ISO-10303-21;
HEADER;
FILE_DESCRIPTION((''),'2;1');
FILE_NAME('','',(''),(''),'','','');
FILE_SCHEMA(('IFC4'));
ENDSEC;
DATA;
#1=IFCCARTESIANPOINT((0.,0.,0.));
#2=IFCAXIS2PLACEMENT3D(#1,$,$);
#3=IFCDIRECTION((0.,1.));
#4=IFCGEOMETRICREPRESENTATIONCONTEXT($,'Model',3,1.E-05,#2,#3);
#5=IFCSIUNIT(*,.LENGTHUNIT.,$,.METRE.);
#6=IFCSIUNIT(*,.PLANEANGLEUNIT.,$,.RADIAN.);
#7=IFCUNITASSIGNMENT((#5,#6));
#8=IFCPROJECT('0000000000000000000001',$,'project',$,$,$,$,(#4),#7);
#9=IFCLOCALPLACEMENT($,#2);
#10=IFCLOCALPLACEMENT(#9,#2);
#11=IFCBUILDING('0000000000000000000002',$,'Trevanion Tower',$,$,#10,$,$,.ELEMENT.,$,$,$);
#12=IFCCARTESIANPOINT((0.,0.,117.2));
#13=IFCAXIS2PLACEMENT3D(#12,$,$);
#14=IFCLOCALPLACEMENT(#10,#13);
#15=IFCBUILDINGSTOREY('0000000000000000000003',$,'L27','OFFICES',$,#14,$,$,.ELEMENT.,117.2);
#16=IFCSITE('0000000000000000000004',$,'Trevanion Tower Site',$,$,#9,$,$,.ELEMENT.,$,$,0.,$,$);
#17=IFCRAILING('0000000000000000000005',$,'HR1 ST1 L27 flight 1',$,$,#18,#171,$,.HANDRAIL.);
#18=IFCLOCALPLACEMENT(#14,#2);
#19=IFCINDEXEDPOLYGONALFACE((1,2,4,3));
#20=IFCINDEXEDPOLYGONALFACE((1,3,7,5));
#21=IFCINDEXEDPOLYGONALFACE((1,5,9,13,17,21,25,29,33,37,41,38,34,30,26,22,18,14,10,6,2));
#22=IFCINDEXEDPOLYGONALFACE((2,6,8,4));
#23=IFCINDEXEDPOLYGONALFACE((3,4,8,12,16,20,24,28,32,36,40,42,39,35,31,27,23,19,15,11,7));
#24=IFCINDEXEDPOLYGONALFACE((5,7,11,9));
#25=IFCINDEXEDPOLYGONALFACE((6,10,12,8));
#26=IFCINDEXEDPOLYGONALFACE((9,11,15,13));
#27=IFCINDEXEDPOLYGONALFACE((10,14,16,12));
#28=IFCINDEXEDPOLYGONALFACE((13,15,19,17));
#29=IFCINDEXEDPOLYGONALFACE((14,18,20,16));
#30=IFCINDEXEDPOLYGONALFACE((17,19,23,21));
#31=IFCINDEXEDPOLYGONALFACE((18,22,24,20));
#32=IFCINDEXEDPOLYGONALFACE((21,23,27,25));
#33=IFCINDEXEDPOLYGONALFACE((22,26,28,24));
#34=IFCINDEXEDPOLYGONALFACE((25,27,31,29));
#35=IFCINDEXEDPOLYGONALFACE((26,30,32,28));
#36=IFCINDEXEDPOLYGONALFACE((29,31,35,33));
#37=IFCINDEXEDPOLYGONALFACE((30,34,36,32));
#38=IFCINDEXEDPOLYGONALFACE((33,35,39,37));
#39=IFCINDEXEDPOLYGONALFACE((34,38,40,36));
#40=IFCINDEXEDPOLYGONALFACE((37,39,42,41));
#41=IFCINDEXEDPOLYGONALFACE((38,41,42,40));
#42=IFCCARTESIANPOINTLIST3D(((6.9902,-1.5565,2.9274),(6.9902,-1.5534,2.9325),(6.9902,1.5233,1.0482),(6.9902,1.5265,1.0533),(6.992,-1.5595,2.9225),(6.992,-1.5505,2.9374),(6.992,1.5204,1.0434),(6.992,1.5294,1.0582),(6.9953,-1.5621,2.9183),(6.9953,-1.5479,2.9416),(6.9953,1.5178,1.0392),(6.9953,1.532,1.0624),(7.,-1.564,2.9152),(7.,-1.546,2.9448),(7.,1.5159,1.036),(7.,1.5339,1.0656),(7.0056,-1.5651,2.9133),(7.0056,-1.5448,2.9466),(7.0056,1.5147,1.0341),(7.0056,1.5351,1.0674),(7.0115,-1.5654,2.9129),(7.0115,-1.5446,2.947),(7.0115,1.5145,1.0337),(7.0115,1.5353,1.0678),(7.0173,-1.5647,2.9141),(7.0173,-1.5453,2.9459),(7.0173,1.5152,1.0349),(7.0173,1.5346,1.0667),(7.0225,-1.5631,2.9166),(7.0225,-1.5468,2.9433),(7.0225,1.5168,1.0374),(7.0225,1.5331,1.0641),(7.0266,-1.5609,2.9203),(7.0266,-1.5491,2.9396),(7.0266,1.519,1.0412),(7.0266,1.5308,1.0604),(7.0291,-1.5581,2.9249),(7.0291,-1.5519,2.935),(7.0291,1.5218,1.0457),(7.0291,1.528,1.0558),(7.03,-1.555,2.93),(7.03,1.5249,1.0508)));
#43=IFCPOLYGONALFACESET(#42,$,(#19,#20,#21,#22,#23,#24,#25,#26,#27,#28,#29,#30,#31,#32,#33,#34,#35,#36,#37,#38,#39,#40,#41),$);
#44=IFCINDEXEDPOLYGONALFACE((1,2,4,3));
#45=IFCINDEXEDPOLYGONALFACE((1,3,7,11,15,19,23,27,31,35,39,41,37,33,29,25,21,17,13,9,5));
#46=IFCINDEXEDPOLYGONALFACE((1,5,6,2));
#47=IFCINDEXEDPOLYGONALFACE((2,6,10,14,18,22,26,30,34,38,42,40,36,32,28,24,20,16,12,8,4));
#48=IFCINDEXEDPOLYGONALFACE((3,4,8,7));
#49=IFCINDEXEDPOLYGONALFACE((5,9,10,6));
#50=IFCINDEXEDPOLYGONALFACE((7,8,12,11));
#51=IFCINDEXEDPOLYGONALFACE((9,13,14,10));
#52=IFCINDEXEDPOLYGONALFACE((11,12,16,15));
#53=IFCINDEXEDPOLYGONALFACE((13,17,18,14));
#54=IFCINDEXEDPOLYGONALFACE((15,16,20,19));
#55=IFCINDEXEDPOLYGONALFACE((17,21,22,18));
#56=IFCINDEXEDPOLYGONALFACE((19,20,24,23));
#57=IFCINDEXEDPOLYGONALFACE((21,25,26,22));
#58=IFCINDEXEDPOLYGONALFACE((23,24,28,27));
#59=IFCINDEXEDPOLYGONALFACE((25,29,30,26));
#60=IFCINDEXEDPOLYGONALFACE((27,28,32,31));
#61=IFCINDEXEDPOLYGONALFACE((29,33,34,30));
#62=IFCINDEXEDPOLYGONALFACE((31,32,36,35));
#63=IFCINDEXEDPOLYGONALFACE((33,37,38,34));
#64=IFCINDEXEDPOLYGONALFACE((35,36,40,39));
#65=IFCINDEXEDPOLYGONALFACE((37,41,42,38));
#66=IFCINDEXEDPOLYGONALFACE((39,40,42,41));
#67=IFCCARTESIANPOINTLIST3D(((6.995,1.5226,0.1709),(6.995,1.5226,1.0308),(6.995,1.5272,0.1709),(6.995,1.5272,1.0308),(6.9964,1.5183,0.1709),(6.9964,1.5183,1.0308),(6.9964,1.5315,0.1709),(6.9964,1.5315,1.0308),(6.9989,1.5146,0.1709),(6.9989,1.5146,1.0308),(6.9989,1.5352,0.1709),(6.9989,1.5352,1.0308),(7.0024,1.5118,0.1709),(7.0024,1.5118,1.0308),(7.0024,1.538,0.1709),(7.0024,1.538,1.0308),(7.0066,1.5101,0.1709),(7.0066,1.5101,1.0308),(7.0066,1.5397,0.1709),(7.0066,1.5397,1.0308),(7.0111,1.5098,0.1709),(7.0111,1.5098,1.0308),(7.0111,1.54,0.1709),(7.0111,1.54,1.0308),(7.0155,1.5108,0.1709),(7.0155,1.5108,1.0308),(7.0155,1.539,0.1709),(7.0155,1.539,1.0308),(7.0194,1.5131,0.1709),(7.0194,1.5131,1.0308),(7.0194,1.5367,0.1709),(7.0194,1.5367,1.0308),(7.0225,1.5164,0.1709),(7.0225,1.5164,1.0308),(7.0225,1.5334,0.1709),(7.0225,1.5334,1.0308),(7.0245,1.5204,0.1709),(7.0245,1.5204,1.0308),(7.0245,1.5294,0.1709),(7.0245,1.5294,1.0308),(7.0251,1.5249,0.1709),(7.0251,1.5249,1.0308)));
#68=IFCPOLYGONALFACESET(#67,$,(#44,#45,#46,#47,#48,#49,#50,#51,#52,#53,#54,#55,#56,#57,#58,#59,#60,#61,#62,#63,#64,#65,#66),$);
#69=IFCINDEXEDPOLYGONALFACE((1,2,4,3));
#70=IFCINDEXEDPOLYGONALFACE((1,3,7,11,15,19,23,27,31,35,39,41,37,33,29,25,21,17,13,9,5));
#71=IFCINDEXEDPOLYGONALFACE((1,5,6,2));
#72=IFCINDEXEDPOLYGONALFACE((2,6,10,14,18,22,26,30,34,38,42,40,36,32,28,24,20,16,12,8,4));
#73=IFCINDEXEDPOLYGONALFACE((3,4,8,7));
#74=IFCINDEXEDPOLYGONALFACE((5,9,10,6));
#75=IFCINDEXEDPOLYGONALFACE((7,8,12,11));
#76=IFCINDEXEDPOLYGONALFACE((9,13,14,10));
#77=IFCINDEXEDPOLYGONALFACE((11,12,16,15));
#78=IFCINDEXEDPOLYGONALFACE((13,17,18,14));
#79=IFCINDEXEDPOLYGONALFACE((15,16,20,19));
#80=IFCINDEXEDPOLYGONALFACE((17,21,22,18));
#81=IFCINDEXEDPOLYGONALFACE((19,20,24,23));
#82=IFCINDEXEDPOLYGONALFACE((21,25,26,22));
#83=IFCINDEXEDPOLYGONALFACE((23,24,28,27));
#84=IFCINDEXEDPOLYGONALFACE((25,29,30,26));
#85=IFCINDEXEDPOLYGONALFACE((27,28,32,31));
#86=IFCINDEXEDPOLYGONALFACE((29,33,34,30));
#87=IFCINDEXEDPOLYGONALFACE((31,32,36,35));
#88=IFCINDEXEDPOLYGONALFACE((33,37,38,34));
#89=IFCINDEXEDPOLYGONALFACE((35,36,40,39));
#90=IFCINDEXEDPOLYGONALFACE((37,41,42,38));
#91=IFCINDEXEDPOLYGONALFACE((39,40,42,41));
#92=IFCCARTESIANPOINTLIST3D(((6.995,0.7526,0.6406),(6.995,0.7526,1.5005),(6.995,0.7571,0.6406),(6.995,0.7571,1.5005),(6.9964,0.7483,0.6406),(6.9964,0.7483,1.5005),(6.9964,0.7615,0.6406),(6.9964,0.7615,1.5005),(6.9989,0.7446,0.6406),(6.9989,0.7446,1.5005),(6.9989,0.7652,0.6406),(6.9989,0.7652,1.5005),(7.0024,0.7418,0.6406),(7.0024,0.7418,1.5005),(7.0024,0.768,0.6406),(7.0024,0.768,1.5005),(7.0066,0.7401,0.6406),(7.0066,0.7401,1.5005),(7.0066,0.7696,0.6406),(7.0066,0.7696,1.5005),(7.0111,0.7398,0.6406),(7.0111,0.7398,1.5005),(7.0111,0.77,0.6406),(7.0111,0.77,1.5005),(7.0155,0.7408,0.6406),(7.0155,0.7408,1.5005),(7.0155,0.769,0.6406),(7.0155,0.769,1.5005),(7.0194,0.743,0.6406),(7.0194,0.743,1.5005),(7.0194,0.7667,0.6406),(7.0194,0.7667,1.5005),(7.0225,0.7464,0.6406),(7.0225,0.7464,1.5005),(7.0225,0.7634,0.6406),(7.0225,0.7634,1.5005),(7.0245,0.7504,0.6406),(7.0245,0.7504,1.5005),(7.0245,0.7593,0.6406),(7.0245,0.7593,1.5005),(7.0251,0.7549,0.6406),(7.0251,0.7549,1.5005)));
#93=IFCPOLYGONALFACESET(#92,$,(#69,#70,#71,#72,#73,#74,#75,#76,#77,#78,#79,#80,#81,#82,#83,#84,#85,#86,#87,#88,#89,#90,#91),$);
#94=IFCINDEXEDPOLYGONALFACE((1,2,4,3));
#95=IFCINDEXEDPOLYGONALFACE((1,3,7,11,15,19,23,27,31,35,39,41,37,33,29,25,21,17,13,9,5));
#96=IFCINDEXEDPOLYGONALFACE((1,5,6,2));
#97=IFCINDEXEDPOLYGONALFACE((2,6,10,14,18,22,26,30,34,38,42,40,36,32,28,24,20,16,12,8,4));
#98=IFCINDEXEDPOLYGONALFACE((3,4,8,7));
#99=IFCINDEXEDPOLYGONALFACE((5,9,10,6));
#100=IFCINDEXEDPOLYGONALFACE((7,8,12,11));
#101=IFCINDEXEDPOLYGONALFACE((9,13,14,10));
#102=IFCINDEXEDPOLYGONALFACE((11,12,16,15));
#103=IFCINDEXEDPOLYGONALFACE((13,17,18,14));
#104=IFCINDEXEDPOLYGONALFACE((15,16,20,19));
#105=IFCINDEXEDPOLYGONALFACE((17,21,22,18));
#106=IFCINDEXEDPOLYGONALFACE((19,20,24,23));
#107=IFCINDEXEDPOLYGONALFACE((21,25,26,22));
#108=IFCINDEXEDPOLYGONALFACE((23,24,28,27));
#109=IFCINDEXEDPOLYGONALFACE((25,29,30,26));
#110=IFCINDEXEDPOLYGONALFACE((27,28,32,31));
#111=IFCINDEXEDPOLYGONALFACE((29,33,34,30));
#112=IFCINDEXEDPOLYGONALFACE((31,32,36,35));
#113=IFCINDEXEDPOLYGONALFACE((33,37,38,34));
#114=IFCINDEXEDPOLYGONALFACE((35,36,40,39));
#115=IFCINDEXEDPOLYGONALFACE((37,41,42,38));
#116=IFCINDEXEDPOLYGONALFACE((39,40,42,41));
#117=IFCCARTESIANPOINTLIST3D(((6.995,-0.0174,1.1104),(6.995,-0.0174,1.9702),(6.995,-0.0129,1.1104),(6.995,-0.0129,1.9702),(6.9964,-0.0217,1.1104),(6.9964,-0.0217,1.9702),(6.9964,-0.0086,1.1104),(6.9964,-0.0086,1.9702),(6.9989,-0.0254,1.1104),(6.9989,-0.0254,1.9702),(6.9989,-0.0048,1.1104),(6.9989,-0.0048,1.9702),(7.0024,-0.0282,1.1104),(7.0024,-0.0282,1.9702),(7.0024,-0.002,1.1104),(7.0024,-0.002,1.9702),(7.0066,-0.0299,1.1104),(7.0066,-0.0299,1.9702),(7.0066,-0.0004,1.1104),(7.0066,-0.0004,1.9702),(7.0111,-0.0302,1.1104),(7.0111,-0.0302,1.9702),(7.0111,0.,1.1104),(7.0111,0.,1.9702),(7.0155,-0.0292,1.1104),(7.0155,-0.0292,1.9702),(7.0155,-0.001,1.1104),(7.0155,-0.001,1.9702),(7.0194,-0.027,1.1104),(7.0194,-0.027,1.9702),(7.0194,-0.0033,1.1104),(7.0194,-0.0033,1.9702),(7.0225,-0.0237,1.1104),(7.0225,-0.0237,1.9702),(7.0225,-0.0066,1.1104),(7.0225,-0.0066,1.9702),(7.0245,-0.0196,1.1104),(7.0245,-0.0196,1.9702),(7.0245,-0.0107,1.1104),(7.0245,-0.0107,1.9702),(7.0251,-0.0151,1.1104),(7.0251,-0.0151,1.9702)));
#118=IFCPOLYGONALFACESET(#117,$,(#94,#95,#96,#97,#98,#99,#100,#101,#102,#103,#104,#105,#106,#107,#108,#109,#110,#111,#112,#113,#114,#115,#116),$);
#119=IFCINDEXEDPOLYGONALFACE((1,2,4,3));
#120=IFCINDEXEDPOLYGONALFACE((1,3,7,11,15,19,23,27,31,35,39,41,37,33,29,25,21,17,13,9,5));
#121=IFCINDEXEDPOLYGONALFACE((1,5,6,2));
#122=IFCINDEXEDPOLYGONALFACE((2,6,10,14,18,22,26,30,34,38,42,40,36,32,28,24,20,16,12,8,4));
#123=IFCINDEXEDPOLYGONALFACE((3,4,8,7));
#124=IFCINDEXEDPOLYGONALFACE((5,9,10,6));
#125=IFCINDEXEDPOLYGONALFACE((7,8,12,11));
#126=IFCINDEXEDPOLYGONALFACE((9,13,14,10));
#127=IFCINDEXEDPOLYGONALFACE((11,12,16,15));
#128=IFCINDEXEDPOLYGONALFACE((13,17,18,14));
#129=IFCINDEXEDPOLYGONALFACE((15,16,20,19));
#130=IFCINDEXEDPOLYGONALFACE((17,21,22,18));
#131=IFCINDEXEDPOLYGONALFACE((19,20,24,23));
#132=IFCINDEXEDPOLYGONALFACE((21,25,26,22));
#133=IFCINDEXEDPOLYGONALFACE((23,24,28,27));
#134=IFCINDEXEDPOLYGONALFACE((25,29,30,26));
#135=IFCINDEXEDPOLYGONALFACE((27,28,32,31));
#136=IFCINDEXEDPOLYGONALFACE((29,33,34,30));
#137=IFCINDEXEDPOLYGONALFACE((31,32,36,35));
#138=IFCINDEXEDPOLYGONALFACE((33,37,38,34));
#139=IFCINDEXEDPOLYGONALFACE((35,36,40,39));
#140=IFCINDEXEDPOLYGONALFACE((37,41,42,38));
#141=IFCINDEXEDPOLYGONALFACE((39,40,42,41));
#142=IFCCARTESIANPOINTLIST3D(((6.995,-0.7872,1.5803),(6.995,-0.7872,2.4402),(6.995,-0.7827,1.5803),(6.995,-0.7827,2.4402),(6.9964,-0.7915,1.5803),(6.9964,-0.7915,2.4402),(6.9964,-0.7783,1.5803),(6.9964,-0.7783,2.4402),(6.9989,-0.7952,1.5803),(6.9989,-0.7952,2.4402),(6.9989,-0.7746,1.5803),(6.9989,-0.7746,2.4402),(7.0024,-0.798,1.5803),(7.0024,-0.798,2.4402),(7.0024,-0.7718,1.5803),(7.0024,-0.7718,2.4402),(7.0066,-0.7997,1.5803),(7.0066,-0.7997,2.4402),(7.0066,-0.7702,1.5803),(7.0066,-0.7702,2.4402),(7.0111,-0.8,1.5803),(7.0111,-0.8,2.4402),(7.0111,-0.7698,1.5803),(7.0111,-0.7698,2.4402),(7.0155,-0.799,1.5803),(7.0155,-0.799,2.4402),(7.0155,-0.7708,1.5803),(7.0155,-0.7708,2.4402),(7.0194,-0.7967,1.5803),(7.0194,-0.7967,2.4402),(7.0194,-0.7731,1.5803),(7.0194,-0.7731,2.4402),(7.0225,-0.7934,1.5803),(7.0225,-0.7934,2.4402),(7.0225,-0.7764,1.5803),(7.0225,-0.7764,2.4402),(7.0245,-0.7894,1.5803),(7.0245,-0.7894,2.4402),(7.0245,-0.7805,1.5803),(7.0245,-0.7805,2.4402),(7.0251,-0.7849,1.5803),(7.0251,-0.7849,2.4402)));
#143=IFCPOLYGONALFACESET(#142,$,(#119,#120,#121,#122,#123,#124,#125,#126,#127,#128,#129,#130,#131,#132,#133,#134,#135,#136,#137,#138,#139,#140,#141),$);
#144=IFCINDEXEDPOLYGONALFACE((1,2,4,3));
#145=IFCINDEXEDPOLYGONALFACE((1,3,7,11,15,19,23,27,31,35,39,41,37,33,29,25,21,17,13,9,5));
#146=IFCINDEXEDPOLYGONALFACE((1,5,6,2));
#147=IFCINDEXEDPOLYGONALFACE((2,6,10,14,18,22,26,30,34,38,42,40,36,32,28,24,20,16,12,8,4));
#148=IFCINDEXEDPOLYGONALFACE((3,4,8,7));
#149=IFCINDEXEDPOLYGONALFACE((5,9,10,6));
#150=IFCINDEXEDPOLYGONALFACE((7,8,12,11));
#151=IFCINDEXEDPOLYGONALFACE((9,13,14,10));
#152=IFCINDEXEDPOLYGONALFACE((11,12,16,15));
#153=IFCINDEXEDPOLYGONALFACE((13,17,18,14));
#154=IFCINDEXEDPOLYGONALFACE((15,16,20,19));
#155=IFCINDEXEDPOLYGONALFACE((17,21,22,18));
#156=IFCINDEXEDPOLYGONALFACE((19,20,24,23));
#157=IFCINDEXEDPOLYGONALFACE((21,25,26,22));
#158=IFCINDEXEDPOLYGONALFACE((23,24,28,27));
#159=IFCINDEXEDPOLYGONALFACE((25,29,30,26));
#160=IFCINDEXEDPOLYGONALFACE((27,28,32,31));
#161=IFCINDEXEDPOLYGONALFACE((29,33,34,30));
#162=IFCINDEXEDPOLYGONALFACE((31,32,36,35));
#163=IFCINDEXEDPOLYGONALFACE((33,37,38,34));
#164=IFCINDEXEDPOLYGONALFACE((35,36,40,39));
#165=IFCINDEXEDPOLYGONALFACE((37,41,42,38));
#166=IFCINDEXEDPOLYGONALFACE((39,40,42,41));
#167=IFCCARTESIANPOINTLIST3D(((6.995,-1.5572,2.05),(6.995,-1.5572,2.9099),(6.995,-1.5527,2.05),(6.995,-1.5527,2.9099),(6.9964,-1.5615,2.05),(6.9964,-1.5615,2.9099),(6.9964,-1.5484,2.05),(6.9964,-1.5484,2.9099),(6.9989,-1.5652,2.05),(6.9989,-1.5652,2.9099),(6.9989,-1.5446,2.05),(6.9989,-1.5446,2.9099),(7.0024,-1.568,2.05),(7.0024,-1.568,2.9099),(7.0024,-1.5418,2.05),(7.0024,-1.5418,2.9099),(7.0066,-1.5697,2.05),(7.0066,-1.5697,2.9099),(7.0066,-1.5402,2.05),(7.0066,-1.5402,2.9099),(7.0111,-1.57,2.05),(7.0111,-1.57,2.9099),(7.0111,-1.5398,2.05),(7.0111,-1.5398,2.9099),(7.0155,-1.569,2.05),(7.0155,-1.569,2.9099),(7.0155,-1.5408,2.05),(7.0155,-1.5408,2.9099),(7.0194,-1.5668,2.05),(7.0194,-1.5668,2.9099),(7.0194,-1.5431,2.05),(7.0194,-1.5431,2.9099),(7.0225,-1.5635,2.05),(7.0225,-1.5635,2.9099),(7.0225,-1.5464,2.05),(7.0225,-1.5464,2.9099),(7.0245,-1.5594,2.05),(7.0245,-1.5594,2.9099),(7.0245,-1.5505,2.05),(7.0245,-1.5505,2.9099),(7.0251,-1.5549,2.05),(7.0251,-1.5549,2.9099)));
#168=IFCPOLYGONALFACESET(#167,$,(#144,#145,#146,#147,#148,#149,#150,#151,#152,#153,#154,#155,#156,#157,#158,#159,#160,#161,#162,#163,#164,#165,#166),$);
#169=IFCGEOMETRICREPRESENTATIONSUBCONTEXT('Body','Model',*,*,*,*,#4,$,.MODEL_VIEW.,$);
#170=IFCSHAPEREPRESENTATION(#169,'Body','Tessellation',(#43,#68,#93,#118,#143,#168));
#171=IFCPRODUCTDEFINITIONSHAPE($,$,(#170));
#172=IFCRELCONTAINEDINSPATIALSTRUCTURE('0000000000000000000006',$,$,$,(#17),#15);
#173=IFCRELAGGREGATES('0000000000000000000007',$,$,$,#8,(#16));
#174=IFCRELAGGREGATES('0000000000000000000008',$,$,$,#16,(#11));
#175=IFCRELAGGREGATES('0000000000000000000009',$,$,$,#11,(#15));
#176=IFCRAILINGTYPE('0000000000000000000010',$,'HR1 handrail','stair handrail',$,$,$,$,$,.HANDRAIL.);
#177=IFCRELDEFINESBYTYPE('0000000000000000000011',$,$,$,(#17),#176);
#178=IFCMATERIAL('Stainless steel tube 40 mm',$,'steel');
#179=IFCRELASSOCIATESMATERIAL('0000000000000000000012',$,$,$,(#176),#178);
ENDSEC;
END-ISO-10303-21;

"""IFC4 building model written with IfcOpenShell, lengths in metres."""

from ifc_helpers import new_model, si_unit, direction, frame, origin, origin_2d, place, context, subcontext, project, spatial, circle, extrude, material, type_object, element, save


model = new_model("IFC4")

# Units and contexts
model_context = context("Model", 3, precision=1e-05, world=origin(), true_north=direction((0.0, 1.0)))
body_context = subcontext(model_context, "Body", "Model", "MODEL_VIEW")
ifc_project = project(units=[si_unit("LENGTHUNIT", "METRE"), si_unit("PLANEANGLEUNIT", "RADIAN")], contexts=[model_context])

# Site, building, storey
site_placement = place(None, origin())
site = spatial("IfcSite", under=ifc_project, at=site_placement, Name="Trevanion Tower Site", CompositionType="ELEMENT", RefElevation=0.0)
building_placement = place(site_placement, origin())
building = spatial("IfcBuilding", under=site, at=building_placement, Name="Trevanion Tower", CompositionType="ELEMENT")
storey_placement = place(building_placement, frame((0.0, 0.0, 117.2)))
storey = spatial("IfcBuildingStorey", under=building, at=storey_placement, Name="L27", Description="OFFICES", CompositionType="ELEMENT", Elevation=117.2)

# Railing
ifc_material_1 = material(Name="Stainless steel tube 40 mm", Category="steel")
railing_type = type_object("IfcRailingType", Name="HR1 handrail", Description="stair handrail", PredefinedType="HANDRAIL", material=ifc_material_1)
for number, where, name in (
    (1, (7.01, 1.5249, 0.1709), "HR1 ST1 L27 flight 1"),
):
    element("IfcRailing", number, at=place(storey_placement, frame(where)), inside=storey, type_object=railing_type, Name=name, PredefinedType="HANDRAIL", context=body_context, shape_type="SweptSolid", body=[
        extrude(circle(Radius=0.02, at=origin_2d()), frame((0.0, 0.0, 0.8799), z_axis=(0.0, -0.853648, 0.52085), x_axis=(1.0, 0.0, 0.0)), (0.0, 0.0, 1.0), 3.6079),
        extrude(circle(Radius=0.0151, at=origin_2d()), origin(), (0.0, 0.0, 1.0), 0.8599),
        extrude(circle(Radius=0.0151, at=origin_2d()), frame((0.0, -0.77, 0.4697)), (0.0, 0.0, 1.0), 0.8599),
        extrude(circle(Radius=0.0151, at=origin_2d()), frame((0.0, -1.54, 0.9395)), (0.0, 0.0, 1.0), 0.8599),
        extrude(circle(Radius=0.0151, at=origin_2d()), frame((0.0, -2.3098, 1.4094)), (0.0, 0.0, 1.0), 0.8599),
        extrude(circle(Radius=0.0151, at=origin_2d()), frame((0.0, -3.0798, 1.8792)), (0.0, 0.0, 1.0), 0.8599),
    ])

save(model, "model.ifc")
